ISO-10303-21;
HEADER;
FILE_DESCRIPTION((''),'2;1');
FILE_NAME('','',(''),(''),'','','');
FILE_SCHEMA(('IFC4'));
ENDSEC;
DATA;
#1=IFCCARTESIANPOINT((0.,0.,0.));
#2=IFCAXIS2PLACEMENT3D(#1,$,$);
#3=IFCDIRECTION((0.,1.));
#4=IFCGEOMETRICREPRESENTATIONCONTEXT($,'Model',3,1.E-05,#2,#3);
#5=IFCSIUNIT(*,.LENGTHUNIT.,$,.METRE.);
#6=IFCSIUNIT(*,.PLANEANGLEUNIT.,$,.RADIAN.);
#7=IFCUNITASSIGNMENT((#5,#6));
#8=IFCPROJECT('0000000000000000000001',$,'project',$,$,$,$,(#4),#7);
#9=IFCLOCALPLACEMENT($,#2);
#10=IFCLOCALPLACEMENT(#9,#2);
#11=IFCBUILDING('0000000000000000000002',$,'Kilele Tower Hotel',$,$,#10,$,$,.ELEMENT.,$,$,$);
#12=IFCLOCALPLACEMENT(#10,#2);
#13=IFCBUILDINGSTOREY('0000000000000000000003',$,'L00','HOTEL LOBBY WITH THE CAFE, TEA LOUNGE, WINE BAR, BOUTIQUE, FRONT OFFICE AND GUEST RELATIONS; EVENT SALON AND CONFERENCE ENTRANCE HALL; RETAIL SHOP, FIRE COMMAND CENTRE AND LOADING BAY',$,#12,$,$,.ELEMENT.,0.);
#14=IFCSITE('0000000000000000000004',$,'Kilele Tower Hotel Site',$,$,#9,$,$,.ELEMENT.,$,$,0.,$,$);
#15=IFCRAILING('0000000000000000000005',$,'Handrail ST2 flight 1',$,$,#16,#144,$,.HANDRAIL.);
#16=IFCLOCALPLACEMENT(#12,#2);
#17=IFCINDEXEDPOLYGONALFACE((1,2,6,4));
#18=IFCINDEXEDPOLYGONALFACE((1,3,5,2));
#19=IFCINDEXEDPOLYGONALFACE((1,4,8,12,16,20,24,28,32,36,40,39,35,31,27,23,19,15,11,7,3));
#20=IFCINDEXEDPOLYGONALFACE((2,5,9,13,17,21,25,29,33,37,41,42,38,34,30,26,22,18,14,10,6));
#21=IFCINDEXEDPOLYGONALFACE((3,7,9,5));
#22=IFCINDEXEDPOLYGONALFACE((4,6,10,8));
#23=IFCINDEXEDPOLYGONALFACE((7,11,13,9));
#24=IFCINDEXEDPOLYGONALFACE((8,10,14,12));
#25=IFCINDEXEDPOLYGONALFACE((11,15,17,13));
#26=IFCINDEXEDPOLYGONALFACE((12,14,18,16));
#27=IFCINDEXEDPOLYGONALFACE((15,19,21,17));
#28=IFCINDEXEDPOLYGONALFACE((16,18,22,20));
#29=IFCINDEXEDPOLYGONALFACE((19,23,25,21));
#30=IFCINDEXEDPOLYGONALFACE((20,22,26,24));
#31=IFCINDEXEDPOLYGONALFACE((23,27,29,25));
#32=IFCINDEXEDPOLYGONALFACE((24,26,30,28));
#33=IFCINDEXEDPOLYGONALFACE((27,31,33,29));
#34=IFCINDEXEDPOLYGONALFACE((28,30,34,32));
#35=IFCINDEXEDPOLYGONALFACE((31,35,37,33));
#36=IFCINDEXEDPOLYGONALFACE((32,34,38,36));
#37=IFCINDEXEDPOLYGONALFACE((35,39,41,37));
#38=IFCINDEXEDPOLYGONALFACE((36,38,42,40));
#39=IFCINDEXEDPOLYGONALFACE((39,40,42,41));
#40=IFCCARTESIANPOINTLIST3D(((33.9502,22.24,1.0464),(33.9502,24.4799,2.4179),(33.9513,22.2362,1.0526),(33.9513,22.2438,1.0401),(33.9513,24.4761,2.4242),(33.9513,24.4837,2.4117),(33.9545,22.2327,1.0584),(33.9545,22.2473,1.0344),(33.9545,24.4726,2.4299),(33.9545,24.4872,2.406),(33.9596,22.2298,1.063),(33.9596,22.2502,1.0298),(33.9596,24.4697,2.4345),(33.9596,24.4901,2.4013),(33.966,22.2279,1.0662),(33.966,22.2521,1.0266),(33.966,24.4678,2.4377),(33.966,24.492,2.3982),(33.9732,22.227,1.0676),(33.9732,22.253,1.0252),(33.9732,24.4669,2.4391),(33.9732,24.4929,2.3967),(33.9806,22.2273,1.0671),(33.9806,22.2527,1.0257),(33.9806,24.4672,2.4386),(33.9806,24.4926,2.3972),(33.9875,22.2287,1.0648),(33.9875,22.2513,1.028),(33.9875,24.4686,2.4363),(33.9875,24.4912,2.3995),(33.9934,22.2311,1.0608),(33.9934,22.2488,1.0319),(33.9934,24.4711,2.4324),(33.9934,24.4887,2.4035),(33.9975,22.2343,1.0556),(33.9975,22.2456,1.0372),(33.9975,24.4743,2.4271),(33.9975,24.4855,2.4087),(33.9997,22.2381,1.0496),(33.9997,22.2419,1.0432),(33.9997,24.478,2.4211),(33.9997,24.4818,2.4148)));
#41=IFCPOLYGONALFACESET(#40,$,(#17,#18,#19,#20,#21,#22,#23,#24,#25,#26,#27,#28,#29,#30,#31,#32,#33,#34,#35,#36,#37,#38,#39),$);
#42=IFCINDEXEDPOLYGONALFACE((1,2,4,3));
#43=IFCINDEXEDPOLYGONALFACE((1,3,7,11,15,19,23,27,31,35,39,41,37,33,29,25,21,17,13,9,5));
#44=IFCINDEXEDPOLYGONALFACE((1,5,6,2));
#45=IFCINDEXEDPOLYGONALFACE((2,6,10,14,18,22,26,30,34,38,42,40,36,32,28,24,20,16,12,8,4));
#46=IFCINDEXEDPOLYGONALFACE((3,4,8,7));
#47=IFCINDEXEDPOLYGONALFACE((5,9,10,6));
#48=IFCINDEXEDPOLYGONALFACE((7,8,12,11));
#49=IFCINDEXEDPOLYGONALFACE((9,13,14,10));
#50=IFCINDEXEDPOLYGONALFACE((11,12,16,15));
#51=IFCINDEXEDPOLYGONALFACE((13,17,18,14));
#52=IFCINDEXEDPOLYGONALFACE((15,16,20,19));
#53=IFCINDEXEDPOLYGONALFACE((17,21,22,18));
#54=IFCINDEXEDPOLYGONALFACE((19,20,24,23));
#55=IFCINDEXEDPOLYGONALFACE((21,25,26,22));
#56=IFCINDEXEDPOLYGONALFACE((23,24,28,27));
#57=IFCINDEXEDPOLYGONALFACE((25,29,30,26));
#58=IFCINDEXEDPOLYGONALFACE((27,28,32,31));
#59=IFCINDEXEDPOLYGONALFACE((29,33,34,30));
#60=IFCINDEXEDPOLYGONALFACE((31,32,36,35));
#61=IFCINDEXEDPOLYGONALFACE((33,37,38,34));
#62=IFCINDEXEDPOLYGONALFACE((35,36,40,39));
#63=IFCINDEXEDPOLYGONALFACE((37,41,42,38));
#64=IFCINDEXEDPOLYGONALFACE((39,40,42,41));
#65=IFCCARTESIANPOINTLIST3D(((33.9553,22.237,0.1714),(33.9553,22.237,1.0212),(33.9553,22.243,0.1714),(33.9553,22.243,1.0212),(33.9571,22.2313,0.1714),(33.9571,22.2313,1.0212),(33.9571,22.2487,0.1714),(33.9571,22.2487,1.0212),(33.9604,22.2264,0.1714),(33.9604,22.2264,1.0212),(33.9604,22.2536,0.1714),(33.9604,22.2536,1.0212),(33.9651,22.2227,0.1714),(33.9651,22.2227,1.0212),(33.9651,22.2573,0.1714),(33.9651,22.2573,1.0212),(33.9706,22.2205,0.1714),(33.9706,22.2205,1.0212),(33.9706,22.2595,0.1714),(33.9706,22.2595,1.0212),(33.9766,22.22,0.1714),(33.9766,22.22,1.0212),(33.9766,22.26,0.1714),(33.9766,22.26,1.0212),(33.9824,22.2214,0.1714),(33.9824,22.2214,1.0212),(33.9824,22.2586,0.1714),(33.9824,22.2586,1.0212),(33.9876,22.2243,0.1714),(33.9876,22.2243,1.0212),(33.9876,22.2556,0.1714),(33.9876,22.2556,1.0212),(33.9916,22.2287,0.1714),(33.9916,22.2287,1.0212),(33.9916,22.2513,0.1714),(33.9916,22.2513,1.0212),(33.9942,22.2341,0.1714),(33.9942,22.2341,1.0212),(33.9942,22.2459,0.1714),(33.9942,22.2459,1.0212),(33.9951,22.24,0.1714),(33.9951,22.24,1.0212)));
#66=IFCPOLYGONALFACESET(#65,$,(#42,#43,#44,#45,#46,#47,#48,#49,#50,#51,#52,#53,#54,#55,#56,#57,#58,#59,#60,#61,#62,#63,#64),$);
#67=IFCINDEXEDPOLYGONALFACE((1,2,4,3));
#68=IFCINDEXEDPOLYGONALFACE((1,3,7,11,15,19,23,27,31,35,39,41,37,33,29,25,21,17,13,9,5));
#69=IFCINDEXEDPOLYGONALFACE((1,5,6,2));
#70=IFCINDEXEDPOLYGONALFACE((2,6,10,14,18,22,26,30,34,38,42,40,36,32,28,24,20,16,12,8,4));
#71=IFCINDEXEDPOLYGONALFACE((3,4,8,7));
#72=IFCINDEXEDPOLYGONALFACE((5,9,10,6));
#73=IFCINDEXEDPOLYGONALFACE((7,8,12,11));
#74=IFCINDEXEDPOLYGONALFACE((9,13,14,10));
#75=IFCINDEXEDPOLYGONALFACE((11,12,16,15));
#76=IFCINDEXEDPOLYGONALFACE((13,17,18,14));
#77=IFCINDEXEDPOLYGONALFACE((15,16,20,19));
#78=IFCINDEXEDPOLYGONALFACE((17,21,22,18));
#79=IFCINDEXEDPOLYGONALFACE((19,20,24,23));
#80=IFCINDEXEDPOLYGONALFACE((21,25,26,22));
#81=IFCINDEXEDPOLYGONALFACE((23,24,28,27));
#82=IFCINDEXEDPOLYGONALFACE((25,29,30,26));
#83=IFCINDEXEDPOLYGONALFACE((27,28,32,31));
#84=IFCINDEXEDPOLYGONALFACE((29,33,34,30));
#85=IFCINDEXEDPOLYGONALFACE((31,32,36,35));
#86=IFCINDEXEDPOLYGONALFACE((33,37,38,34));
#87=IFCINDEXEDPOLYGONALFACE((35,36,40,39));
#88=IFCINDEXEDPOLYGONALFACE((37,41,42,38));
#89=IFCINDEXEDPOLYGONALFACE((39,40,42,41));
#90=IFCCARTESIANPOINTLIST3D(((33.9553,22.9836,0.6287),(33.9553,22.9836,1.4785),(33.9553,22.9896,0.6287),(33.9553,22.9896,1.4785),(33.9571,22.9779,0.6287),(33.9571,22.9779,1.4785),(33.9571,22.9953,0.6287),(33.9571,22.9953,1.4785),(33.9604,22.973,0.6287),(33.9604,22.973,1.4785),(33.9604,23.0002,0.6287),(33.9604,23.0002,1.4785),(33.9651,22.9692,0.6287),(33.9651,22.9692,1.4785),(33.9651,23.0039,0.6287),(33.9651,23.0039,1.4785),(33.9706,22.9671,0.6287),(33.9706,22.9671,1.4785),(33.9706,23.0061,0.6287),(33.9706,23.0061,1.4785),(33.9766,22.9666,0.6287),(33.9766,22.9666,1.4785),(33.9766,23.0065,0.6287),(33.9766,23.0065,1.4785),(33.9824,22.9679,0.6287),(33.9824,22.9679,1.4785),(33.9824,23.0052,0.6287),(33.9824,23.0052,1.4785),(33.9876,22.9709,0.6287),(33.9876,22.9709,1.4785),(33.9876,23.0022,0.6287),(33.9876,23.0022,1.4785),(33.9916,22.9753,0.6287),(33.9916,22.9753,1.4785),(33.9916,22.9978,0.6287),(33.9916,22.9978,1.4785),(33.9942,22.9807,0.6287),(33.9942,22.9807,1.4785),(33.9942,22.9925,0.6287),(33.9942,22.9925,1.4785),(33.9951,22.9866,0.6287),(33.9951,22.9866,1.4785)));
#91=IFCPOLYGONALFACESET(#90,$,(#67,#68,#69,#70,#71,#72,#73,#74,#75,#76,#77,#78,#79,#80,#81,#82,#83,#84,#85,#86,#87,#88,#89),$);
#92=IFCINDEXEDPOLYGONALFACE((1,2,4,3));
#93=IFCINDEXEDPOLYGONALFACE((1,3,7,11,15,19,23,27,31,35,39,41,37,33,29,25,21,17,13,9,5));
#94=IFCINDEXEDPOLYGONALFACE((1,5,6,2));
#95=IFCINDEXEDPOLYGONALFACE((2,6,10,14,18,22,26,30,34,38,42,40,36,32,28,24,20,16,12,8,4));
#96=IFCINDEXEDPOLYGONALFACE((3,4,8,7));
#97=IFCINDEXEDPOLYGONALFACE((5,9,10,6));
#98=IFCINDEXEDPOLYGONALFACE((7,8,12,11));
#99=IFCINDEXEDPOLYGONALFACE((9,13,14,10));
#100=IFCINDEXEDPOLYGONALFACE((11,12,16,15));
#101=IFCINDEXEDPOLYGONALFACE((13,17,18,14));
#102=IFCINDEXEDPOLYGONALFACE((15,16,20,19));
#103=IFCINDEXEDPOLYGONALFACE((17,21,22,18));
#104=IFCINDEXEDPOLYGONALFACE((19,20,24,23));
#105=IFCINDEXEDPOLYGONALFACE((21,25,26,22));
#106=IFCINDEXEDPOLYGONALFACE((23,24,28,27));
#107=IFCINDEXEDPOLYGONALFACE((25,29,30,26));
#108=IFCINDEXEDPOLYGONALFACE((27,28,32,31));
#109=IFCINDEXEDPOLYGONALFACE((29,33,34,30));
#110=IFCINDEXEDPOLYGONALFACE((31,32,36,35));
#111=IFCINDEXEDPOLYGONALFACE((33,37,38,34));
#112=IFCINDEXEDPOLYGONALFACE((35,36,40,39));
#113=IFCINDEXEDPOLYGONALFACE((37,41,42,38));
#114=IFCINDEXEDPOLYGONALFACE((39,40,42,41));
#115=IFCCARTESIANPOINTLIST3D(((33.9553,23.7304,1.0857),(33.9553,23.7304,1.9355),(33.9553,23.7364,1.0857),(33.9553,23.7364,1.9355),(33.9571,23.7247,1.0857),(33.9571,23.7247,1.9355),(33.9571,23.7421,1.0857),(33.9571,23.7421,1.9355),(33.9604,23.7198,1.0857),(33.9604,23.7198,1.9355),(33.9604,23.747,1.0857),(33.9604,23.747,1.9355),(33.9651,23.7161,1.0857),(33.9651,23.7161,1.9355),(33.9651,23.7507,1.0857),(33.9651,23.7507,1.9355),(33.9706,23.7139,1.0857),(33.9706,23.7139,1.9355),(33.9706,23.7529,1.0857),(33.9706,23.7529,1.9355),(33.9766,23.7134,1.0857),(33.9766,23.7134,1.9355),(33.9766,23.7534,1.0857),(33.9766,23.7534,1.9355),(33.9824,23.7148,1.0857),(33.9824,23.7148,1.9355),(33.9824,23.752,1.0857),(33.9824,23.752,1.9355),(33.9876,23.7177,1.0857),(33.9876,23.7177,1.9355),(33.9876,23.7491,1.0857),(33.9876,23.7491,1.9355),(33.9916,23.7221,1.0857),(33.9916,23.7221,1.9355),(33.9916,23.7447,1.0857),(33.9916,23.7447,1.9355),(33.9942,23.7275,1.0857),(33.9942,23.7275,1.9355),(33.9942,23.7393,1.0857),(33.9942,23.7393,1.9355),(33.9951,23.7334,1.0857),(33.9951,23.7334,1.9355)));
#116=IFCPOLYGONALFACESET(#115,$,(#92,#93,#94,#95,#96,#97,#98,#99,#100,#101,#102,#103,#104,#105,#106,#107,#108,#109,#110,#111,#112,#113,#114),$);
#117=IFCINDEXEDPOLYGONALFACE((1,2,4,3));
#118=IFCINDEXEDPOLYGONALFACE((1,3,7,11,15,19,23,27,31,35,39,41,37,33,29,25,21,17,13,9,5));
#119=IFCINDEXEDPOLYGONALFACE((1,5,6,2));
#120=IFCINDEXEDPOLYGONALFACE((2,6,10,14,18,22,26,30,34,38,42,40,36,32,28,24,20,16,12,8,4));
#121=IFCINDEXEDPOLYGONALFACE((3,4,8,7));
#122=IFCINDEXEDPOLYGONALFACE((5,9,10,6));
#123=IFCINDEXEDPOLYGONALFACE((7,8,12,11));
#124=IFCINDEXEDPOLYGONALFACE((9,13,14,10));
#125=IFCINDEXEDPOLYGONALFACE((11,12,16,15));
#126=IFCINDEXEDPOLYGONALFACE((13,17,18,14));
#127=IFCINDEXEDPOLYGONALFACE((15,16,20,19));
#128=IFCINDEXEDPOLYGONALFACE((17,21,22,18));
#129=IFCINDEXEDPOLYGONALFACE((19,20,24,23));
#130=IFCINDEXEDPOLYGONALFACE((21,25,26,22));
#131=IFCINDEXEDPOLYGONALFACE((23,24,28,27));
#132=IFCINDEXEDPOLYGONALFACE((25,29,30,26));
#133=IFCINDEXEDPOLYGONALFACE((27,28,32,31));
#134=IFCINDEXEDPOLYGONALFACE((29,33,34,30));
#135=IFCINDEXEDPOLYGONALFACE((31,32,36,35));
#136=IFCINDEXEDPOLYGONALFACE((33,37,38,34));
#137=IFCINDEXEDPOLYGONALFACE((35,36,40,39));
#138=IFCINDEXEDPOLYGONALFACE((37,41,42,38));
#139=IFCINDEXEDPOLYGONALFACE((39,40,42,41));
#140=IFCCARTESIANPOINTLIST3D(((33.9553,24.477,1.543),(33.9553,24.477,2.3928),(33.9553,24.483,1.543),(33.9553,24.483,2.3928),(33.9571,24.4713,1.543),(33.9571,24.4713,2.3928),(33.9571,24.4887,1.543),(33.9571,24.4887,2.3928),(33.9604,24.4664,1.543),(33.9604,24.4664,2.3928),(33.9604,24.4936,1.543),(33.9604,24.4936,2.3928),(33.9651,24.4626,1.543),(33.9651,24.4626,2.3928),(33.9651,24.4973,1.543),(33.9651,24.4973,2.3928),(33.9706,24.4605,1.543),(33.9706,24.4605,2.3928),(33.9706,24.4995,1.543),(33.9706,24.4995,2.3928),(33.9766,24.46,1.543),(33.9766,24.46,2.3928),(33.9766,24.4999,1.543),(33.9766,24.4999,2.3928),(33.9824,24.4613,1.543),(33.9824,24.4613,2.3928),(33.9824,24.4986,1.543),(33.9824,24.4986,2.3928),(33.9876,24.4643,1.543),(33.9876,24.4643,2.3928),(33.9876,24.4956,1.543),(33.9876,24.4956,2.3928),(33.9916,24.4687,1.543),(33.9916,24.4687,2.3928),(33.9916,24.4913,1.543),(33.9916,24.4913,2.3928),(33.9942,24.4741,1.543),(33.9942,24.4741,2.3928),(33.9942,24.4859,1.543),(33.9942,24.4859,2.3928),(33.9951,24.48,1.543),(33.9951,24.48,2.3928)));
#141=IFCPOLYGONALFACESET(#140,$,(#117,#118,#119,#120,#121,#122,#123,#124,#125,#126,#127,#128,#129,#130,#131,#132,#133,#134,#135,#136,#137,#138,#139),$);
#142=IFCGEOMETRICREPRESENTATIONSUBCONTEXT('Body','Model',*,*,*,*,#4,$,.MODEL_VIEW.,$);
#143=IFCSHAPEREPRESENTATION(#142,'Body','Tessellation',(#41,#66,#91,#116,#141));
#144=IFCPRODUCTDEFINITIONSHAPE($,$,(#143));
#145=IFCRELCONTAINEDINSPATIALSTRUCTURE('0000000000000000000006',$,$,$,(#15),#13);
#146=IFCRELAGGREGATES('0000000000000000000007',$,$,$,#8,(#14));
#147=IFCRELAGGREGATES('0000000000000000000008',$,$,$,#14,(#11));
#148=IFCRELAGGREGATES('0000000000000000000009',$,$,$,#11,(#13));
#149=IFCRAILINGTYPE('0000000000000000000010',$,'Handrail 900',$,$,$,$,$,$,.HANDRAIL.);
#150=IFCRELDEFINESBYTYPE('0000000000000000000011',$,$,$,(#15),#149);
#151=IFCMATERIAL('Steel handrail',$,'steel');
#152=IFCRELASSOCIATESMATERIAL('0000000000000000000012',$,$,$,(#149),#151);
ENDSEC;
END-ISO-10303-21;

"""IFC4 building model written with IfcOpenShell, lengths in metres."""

from ifc_helpers import new_model, si_unit, direction, frame, origin, origin_2d, place, context, subcontext, project, spatial, circle, extrude, material, type_object, element, save


model = new_model("IFC4")

# Units and contexts
model_context = context("Model", 3, precision=1e-05, world=origin(), true_north=direction((0.0, 1.0)))
body_context = subcontext(model_context, "Body", "Model", "MODEL_VIEW")
ifc_project = project(units=[si_unit("LENGTHUNIT", "METRE"), si_unit("PLANEANGLEUNIT", "RADIAN")], contexts=[model_context])

# Site, building, storey
site_placement = place(None, origin())
site = spatial("IfcSite", under=ifc_project, at=site_placement, Name="Kilele Tower Hotel Site", CompositionType="ELEMENT", RefElevation=0.0)
building_placement = place(site_placement, origin())
building = spatial("IfcBuilding", under=site, at=building_placement, Name="Kilele Tower Hotel", CompositionType="ELEMENT")
storey_placement = place(building_placement, origin())
storey = spatial("IfcBuildingStorey", under=building, at=storey_placement, Name="L00", Description="HOTEL LOBBY WITH THE CAFE, TEA LOUNGE, WINE BAR, BOUTIQUE, FRONT OFFICE AND GUEST RELATIONS; EVENT SALON AND CONFERENCE ENTRANCE HALL; RETAIL SHOP, FIRE COMMAND CENTRE AND LOADING BAY", CompositionType="ELEMENT", Elevation=0.0)

# Railing
ifc_material_1 = material(Name="Steel handrail", Category="steel")
railing_type_1 = type_object("IfcRailingType", Name="Handrail 900", PredefinedType="HANDRAIL", material=ifc_material_1)
railing_1_placement = place(storey_placement, frame((33.9751, 22.24, 0.1714)))
element("IfcRailing", 1, at=railing_1_placement, inside=storey, type_object=railing_type_1, Name="Handrail ST2 flight 1", PredefinedType="HANDRAIL", context=body_context, shape_type="SweptSolid", body=[
    extrude(circle(Radius=0.0249, at=origin_2d()), frame((0.0, 0.0, 0.875), z_axis=(0.0, 0.852824, 0.522198), x_axis=(-1.0, 0.0, 0.0)), (0.0, 0.0, 1.0), 2.6265),
    extrude(circle(Radius=0.02, at=origin_2d()), origin(), (0.0, 0.0, 1.0), 0.8499),
    extrude(circle(Radius=0.02, at=origin_2d()), frame((0.0, 0.7466, 0.4573)), (0.0, 0.0, 1.0), 0.8499),
    extrude(circle(Radius=0.02, at=origin_2d()), frame((0.0, 1.4934, 0.9143)), (0.0, 0.0, 1.0), 0.8499),
    extrude(circle(Radius=0.02, at=origin_2d()), frame((0.0, 2.24, 1.3716)), (0.0, 0.0, 1.0), 0.8499),
])

save(model, "model.ifc")
